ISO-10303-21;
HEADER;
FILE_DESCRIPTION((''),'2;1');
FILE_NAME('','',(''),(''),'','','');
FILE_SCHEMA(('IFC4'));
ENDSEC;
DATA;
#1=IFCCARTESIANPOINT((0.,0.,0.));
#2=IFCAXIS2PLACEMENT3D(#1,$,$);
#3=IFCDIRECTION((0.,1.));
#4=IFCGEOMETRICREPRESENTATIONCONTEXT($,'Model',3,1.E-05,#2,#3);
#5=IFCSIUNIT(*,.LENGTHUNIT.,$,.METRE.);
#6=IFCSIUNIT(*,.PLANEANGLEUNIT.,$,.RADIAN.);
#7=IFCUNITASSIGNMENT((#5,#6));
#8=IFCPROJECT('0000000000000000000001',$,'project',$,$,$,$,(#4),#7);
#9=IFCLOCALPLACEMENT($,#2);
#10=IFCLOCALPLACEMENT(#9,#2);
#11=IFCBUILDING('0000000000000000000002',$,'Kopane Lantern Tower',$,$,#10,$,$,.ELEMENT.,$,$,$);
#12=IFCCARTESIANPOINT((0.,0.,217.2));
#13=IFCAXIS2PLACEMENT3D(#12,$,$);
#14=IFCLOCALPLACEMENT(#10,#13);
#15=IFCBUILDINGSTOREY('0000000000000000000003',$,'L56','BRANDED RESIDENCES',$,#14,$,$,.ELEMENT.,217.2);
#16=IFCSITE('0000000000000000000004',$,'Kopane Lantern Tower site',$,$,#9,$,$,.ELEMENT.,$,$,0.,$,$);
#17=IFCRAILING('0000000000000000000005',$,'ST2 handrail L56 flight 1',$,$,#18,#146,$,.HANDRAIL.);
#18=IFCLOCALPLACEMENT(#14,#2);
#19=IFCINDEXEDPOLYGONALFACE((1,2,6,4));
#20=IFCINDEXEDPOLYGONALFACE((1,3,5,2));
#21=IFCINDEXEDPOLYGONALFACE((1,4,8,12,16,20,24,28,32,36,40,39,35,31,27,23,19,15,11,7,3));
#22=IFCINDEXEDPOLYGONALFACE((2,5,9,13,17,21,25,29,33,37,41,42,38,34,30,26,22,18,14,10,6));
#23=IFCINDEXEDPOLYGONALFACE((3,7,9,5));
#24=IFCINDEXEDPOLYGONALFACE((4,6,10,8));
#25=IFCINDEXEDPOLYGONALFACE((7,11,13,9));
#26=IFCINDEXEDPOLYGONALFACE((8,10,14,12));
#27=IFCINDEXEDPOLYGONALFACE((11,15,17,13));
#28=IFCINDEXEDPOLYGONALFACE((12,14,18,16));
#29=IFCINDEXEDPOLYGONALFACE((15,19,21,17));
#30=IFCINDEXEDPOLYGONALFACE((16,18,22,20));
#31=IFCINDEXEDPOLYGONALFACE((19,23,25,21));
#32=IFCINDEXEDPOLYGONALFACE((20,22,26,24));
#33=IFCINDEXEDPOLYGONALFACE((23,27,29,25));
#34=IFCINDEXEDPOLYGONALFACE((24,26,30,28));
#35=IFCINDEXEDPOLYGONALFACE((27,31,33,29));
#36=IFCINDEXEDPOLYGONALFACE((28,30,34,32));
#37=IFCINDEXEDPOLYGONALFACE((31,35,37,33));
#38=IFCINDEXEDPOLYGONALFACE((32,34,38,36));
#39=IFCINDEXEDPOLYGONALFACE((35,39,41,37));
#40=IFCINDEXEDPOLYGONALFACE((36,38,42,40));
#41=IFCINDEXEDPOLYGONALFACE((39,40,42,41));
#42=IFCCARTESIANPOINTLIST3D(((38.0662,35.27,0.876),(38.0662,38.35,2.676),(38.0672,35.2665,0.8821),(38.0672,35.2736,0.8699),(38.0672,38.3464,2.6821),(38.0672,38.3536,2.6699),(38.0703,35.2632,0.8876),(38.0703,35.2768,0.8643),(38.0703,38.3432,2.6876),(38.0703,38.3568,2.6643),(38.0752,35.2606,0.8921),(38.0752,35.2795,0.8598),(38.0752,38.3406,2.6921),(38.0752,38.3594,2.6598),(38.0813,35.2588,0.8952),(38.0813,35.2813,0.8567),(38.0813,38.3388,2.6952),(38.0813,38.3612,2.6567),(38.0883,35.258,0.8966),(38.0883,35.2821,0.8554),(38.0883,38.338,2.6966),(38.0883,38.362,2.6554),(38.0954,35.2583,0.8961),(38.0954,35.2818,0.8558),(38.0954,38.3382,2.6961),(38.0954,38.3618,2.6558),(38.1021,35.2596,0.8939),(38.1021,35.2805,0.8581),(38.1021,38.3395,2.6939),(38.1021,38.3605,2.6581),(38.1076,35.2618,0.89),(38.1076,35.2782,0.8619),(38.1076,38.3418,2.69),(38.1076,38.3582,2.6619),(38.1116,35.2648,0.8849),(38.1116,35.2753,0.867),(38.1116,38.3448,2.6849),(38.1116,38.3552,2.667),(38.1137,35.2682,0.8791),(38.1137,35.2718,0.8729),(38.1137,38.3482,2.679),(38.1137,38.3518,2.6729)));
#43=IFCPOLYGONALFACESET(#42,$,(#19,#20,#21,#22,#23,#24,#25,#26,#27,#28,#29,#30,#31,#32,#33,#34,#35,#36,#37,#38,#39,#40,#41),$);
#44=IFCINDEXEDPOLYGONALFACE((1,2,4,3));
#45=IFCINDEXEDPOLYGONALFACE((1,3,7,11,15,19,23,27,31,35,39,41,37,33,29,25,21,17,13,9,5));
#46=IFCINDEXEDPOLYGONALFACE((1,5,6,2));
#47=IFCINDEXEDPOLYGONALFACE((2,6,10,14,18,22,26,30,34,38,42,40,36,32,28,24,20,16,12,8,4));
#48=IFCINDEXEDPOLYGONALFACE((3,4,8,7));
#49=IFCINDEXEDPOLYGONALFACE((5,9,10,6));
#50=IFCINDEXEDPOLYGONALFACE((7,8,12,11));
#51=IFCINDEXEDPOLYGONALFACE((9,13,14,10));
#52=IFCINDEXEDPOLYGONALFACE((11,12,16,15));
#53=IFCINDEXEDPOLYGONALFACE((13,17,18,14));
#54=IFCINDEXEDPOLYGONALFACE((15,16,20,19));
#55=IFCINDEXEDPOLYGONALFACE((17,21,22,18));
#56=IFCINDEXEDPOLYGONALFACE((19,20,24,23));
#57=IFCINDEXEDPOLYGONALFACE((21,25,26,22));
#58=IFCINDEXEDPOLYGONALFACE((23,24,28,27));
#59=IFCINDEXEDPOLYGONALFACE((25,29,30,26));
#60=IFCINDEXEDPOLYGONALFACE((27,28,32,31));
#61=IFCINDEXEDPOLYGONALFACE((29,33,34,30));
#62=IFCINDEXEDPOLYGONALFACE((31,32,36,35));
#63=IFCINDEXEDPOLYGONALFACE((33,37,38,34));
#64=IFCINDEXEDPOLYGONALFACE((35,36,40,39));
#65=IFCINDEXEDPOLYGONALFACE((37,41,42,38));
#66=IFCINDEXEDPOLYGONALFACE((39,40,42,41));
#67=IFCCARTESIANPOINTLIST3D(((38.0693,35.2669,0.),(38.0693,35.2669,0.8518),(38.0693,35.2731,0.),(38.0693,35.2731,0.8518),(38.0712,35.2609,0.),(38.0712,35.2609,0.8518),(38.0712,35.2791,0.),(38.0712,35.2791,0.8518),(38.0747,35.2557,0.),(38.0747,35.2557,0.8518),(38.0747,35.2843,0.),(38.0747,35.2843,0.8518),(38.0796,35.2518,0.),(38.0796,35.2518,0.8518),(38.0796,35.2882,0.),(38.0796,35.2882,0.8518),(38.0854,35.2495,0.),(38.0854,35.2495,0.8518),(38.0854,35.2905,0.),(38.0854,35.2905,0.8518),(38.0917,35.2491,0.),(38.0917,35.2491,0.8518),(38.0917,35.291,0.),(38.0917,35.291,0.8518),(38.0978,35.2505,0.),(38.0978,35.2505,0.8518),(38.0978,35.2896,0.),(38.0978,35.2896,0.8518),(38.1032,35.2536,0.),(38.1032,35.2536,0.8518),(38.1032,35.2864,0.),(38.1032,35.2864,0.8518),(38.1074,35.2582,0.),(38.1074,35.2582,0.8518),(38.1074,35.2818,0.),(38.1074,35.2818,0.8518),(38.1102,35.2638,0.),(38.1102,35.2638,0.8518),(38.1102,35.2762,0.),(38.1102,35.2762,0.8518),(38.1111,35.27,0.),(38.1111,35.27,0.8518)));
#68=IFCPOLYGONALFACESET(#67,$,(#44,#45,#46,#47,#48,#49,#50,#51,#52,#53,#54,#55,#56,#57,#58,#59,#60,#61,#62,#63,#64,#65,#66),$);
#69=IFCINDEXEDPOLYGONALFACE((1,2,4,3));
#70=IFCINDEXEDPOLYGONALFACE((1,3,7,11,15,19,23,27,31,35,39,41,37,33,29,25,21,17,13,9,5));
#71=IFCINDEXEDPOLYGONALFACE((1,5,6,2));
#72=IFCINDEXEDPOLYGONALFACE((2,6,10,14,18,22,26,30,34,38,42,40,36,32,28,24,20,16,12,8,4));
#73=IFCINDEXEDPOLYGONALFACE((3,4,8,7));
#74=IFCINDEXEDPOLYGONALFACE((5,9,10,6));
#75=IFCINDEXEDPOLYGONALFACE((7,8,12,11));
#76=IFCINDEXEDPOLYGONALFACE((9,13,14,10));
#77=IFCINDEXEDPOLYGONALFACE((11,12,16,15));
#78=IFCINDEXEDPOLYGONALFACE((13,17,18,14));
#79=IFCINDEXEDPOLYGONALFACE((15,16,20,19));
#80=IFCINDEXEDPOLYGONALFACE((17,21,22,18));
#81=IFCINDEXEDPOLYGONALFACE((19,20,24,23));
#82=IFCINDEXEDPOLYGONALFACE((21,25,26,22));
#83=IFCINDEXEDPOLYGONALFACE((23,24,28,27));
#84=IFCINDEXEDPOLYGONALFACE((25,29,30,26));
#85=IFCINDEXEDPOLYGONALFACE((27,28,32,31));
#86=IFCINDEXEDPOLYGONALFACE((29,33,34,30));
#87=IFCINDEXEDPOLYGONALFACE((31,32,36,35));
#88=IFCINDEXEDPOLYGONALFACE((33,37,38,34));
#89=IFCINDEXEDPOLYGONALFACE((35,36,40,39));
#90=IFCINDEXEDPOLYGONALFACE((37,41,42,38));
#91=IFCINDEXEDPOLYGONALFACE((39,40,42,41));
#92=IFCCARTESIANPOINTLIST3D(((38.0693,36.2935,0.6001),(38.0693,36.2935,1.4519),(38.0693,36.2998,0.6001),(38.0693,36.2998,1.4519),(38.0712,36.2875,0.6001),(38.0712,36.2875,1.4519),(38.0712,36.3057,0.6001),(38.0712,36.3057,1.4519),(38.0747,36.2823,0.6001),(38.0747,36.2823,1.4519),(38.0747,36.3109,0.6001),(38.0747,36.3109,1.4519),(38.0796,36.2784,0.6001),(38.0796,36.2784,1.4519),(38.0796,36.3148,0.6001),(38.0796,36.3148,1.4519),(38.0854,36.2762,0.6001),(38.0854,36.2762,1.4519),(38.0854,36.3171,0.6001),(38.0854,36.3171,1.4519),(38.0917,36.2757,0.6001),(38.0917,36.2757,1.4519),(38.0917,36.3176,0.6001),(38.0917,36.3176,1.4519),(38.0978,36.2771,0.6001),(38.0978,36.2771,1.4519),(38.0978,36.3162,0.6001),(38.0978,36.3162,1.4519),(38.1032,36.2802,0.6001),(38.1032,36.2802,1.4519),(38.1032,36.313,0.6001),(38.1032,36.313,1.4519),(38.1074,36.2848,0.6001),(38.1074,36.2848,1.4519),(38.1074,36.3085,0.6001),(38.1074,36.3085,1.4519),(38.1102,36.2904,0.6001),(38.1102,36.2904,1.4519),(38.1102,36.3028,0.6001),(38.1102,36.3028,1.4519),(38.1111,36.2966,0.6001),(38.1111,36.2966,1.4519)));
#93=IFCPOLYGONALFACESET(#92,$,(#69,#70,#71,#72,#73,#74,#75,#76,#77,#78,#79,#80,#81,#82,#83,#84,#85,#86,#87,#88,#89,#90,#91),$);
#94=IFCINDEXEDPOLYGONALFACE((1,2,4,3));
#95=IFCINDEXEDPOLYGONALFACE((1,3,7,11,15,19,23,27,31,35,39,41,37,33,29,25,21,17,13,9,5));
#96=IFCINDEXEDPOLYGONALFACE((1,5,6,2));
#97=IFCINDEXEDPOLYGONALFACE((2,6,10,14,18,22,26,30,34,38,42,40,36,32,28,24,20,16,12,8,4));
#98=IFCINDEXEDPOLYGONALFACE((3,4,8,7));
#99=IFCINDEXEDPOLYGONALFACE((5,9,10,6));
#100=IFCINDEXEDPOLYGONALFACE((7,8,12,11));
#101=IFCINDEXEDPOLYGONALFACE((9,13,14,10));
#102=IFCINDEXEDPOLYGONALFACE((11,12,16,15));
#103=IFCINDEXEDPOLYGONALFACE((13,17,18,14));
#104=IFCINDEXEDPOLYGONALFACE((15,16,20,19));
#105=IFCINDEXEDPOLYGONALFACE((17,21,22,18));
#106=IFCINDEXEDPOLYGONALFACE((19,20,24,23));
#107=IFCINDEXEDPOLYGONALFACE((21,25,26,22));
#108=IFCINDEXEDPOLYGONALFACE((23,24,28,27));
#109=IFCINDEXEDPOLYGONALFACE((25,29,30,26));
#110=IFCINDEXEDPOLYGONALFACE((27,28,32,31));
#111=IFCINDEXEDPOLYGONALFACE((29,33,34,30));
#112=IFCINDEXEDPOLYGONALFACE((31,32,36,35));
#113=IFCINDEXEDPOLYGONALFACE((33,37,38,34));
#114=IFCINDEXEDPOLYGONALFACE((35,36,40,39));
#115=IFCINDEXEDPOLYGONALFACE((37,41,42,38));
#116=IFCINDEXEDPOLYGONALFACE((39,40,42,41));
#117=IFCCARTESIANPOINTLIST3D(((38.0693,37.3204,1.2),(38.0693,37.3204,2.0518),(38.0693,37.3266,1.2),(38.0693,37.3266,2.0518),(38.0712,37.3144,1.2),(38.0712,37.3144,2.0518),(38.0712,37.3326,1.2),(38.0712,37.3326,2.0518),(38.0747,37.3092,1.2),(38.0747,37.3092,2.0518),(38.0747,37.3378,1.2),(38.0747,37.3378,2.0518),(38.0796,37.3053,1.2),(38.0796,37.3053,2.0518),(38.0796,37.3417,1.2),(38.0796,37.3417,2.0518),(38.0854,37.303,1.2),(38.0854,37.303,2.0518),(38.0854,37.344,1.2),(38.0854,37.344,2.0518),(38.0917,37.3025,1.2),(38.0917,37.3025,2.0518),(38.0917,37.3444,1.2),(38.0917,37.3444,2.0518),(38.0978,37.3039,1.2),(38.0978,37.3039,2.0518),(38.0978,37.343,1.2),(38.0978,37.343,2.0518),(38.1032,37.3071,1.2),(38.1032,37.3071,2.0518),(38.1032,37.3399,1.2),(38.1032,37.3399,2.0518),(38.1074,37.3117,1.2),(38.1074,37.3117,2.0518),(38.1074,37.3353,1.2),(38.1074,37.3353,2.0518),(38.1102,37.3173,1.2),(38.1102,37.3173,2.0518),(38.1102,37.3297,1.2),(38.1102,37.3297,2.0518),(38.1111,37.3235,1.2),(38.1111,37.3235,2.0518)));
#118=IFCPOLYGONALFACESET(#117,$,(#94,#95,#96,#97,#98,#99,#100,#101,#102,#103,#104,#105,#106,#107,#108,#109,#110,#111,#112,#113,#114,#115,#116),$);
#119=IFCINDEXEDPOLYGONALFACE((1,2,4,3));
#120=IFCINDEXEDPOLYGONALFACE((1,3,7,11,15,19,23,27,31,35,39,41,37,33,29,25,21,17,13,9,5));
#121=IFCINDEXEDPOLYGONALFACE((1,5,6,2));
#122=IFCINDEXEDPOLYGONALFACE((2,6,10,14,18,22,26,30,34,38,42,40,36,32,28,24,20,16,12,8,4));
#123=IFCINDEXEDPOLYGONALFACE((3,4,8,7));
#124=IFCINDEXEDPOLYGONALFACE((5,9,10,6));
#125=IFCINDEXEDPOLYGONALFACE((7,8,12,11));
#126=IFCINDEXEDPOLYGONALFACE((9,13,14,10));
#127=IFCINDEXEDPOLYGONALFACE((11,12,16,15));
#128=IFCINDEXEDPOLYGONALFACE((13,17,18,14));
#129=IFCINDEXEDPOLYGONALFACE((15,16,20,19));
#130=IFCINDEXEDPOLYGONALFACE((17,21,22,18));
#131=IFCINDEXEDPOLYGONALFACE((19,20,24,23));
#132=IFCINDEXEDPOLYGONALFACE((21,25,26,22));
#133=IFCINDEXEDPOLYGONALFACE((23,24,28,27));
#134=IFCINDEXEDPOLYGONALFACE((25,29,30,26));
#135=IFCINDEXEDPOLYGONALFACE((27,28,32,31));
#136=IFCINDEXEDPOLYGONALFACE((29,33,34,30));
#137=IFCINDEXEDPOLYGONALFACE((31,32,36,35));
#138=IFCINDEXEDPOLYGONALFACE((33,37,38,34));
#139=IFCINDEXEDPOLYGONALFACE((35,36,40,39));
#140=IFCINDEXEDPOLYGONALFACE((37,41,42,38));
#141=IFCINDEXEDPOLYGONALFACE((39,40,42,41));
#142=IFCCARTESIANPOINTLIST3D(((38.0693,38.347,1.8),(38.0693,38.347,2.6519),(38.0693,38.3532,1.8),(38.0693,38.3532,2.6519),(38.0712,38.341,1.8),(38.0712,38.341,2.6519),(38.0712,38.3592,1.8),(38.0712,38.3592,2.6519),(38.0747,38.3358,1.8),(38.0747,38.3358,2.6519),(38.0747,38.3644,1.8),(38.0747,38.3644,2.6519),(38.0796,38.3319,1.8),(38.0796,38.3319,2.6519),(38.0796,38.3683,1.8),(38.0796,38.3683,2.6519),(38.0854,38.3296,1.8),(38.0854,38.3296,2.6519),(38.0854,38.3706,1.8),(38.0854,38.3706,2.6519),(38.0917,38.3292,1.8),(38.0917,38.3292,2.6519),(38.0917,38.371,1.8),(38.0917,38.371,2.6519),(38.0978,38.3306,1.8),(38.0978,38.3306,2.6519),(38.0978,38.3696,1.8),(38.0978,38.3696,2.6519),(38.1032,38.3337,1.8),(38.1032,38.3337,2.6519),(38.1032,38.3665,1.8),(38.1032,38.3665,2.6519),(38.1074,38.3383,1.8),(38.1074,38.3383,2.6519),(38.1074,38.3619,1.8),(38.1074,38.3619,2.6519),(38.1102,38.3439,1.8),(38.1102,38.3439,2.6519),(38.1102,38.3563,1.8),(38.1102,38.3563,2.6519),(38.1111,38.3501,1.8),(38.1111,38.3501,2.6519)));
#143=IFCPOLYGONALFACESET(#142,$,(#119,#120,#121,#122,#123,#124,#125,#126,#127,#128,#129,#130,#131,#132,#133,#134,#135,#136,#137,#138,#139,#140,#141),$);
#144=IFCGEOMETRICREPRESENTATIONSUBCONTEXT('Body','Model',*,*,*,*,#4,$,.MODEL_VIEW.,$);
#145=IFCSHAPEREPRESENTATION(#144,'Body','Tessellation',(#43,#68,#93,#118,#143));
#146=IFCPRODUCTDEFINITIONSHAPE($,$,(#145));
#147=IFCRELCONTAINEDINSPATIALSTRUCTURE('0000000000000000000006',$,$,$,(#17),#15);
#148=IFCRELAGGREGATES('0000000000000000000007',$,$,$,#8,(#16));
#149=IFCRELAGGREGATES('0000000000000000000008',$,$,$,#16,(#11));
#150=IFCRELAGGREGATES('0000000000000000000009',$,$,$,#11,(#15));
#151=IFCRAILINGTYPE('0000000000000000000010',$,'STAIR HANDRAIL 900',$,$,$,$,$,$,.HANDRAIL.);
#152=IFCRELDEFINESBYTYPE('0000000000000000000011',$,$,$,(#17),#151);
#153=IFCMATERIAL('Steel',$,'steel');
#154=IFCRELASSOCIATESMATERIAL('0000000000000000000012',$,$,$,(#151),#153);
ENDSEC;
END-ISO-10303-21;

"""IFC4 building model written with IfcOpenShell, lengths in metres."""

from ifc_helpers import new_model, si_unit, direction, frame, origin, origin_2d, place, context, subcontext, project, spatial, circle, extrude, material, type_object, element, save


model = new_model("IFC4")

# Units and contexts
model_context = context("Model", 3, precision=1e-05, world=origin(), true_north=direction((0.0, 1.0)))
body_context = subcontext(model_context, "Body", "Model", "MODEL_VIEW")
ifc_project = project(units=[si_unit("LENGTHUNIT", "METRE"), si_unit("PLANEANGLEUNIT", "RADIAN")], contexts=[model_context])

# Site, building, storey
site_placement = place(None, origin())
site = spatial("IfcSite", under=ifc_project, at=site_placement, Name="Kopane Lantern Tower site", CompositionType="ELEMENT", RefElevation=0.0)
building_placement = place(site_placement, origin())
building = spatial("IfcBuilding", under=site, at=building_placement, Name="Kopane Lantern Tower", CompositionType="ELEMENT")
storey_placement = place(building_placement, frame((0.0, 0.0, 217.2)))
storey = spatial("IfcBuildingStorey", under=building, at=storey_placement, Name="L56", Description="BRANDED RESIDENCES", CompositionType="ELEMENT", Elevation=217.2)

# Railing
ifc_material_1 = material(Name="Steel", Category="steel")
railing_type_1 = type_object("IfcRailingType", Name="STAIR HANDRAIL 900", PredefinedType="HANDRAIL", material=ifc_material_1)
for number, where, name in (
    (1, (38.0901, 35.27, 0.0), "ST2 handrail L56 flight 1"),
):
    element("IfcRailing", number, at=place(storey_placement, frame(where)), inside=storey, type_object=railing_type_1, Name=name, PredefinedType="HANDRAIL", context=body_context, shape_type="SweptSolid", body=[
        extrude(circle(Radius=0.0239, at=origin_2d()), frame((0.0, 0.0, 0.876), z_axis=(0.0, 0.863372, 0.504569), x_axis=(-1.0, 0.0, 0.0)), (0.0, 0.0, 1.0), 3.5674),
        extrude(circle(Radius=0.021, at=origin_2d()), origin(), (0.0, 0.0, 1.0), 0.8518),
        extrude(circle(Radius=0.021, at=origin_2d()), frame((0.0, 1.0266, 0.6001)), (0.0, 0.0, 1.0), 0.8518),
        extrude(circle(Radius=0.021, at=origin_2d()), frame((0.0, 2.0535, 1.2)), (0.0, 0.0, 1.0), 0.8518),
        extrude(circle(Radius=0.021, at=origin_2d()), frame((0.0, 3.0801, 1.8)), (0.0, 0.0, 1.0), 0.8518),
    ])

save(model, "model.ifc")
